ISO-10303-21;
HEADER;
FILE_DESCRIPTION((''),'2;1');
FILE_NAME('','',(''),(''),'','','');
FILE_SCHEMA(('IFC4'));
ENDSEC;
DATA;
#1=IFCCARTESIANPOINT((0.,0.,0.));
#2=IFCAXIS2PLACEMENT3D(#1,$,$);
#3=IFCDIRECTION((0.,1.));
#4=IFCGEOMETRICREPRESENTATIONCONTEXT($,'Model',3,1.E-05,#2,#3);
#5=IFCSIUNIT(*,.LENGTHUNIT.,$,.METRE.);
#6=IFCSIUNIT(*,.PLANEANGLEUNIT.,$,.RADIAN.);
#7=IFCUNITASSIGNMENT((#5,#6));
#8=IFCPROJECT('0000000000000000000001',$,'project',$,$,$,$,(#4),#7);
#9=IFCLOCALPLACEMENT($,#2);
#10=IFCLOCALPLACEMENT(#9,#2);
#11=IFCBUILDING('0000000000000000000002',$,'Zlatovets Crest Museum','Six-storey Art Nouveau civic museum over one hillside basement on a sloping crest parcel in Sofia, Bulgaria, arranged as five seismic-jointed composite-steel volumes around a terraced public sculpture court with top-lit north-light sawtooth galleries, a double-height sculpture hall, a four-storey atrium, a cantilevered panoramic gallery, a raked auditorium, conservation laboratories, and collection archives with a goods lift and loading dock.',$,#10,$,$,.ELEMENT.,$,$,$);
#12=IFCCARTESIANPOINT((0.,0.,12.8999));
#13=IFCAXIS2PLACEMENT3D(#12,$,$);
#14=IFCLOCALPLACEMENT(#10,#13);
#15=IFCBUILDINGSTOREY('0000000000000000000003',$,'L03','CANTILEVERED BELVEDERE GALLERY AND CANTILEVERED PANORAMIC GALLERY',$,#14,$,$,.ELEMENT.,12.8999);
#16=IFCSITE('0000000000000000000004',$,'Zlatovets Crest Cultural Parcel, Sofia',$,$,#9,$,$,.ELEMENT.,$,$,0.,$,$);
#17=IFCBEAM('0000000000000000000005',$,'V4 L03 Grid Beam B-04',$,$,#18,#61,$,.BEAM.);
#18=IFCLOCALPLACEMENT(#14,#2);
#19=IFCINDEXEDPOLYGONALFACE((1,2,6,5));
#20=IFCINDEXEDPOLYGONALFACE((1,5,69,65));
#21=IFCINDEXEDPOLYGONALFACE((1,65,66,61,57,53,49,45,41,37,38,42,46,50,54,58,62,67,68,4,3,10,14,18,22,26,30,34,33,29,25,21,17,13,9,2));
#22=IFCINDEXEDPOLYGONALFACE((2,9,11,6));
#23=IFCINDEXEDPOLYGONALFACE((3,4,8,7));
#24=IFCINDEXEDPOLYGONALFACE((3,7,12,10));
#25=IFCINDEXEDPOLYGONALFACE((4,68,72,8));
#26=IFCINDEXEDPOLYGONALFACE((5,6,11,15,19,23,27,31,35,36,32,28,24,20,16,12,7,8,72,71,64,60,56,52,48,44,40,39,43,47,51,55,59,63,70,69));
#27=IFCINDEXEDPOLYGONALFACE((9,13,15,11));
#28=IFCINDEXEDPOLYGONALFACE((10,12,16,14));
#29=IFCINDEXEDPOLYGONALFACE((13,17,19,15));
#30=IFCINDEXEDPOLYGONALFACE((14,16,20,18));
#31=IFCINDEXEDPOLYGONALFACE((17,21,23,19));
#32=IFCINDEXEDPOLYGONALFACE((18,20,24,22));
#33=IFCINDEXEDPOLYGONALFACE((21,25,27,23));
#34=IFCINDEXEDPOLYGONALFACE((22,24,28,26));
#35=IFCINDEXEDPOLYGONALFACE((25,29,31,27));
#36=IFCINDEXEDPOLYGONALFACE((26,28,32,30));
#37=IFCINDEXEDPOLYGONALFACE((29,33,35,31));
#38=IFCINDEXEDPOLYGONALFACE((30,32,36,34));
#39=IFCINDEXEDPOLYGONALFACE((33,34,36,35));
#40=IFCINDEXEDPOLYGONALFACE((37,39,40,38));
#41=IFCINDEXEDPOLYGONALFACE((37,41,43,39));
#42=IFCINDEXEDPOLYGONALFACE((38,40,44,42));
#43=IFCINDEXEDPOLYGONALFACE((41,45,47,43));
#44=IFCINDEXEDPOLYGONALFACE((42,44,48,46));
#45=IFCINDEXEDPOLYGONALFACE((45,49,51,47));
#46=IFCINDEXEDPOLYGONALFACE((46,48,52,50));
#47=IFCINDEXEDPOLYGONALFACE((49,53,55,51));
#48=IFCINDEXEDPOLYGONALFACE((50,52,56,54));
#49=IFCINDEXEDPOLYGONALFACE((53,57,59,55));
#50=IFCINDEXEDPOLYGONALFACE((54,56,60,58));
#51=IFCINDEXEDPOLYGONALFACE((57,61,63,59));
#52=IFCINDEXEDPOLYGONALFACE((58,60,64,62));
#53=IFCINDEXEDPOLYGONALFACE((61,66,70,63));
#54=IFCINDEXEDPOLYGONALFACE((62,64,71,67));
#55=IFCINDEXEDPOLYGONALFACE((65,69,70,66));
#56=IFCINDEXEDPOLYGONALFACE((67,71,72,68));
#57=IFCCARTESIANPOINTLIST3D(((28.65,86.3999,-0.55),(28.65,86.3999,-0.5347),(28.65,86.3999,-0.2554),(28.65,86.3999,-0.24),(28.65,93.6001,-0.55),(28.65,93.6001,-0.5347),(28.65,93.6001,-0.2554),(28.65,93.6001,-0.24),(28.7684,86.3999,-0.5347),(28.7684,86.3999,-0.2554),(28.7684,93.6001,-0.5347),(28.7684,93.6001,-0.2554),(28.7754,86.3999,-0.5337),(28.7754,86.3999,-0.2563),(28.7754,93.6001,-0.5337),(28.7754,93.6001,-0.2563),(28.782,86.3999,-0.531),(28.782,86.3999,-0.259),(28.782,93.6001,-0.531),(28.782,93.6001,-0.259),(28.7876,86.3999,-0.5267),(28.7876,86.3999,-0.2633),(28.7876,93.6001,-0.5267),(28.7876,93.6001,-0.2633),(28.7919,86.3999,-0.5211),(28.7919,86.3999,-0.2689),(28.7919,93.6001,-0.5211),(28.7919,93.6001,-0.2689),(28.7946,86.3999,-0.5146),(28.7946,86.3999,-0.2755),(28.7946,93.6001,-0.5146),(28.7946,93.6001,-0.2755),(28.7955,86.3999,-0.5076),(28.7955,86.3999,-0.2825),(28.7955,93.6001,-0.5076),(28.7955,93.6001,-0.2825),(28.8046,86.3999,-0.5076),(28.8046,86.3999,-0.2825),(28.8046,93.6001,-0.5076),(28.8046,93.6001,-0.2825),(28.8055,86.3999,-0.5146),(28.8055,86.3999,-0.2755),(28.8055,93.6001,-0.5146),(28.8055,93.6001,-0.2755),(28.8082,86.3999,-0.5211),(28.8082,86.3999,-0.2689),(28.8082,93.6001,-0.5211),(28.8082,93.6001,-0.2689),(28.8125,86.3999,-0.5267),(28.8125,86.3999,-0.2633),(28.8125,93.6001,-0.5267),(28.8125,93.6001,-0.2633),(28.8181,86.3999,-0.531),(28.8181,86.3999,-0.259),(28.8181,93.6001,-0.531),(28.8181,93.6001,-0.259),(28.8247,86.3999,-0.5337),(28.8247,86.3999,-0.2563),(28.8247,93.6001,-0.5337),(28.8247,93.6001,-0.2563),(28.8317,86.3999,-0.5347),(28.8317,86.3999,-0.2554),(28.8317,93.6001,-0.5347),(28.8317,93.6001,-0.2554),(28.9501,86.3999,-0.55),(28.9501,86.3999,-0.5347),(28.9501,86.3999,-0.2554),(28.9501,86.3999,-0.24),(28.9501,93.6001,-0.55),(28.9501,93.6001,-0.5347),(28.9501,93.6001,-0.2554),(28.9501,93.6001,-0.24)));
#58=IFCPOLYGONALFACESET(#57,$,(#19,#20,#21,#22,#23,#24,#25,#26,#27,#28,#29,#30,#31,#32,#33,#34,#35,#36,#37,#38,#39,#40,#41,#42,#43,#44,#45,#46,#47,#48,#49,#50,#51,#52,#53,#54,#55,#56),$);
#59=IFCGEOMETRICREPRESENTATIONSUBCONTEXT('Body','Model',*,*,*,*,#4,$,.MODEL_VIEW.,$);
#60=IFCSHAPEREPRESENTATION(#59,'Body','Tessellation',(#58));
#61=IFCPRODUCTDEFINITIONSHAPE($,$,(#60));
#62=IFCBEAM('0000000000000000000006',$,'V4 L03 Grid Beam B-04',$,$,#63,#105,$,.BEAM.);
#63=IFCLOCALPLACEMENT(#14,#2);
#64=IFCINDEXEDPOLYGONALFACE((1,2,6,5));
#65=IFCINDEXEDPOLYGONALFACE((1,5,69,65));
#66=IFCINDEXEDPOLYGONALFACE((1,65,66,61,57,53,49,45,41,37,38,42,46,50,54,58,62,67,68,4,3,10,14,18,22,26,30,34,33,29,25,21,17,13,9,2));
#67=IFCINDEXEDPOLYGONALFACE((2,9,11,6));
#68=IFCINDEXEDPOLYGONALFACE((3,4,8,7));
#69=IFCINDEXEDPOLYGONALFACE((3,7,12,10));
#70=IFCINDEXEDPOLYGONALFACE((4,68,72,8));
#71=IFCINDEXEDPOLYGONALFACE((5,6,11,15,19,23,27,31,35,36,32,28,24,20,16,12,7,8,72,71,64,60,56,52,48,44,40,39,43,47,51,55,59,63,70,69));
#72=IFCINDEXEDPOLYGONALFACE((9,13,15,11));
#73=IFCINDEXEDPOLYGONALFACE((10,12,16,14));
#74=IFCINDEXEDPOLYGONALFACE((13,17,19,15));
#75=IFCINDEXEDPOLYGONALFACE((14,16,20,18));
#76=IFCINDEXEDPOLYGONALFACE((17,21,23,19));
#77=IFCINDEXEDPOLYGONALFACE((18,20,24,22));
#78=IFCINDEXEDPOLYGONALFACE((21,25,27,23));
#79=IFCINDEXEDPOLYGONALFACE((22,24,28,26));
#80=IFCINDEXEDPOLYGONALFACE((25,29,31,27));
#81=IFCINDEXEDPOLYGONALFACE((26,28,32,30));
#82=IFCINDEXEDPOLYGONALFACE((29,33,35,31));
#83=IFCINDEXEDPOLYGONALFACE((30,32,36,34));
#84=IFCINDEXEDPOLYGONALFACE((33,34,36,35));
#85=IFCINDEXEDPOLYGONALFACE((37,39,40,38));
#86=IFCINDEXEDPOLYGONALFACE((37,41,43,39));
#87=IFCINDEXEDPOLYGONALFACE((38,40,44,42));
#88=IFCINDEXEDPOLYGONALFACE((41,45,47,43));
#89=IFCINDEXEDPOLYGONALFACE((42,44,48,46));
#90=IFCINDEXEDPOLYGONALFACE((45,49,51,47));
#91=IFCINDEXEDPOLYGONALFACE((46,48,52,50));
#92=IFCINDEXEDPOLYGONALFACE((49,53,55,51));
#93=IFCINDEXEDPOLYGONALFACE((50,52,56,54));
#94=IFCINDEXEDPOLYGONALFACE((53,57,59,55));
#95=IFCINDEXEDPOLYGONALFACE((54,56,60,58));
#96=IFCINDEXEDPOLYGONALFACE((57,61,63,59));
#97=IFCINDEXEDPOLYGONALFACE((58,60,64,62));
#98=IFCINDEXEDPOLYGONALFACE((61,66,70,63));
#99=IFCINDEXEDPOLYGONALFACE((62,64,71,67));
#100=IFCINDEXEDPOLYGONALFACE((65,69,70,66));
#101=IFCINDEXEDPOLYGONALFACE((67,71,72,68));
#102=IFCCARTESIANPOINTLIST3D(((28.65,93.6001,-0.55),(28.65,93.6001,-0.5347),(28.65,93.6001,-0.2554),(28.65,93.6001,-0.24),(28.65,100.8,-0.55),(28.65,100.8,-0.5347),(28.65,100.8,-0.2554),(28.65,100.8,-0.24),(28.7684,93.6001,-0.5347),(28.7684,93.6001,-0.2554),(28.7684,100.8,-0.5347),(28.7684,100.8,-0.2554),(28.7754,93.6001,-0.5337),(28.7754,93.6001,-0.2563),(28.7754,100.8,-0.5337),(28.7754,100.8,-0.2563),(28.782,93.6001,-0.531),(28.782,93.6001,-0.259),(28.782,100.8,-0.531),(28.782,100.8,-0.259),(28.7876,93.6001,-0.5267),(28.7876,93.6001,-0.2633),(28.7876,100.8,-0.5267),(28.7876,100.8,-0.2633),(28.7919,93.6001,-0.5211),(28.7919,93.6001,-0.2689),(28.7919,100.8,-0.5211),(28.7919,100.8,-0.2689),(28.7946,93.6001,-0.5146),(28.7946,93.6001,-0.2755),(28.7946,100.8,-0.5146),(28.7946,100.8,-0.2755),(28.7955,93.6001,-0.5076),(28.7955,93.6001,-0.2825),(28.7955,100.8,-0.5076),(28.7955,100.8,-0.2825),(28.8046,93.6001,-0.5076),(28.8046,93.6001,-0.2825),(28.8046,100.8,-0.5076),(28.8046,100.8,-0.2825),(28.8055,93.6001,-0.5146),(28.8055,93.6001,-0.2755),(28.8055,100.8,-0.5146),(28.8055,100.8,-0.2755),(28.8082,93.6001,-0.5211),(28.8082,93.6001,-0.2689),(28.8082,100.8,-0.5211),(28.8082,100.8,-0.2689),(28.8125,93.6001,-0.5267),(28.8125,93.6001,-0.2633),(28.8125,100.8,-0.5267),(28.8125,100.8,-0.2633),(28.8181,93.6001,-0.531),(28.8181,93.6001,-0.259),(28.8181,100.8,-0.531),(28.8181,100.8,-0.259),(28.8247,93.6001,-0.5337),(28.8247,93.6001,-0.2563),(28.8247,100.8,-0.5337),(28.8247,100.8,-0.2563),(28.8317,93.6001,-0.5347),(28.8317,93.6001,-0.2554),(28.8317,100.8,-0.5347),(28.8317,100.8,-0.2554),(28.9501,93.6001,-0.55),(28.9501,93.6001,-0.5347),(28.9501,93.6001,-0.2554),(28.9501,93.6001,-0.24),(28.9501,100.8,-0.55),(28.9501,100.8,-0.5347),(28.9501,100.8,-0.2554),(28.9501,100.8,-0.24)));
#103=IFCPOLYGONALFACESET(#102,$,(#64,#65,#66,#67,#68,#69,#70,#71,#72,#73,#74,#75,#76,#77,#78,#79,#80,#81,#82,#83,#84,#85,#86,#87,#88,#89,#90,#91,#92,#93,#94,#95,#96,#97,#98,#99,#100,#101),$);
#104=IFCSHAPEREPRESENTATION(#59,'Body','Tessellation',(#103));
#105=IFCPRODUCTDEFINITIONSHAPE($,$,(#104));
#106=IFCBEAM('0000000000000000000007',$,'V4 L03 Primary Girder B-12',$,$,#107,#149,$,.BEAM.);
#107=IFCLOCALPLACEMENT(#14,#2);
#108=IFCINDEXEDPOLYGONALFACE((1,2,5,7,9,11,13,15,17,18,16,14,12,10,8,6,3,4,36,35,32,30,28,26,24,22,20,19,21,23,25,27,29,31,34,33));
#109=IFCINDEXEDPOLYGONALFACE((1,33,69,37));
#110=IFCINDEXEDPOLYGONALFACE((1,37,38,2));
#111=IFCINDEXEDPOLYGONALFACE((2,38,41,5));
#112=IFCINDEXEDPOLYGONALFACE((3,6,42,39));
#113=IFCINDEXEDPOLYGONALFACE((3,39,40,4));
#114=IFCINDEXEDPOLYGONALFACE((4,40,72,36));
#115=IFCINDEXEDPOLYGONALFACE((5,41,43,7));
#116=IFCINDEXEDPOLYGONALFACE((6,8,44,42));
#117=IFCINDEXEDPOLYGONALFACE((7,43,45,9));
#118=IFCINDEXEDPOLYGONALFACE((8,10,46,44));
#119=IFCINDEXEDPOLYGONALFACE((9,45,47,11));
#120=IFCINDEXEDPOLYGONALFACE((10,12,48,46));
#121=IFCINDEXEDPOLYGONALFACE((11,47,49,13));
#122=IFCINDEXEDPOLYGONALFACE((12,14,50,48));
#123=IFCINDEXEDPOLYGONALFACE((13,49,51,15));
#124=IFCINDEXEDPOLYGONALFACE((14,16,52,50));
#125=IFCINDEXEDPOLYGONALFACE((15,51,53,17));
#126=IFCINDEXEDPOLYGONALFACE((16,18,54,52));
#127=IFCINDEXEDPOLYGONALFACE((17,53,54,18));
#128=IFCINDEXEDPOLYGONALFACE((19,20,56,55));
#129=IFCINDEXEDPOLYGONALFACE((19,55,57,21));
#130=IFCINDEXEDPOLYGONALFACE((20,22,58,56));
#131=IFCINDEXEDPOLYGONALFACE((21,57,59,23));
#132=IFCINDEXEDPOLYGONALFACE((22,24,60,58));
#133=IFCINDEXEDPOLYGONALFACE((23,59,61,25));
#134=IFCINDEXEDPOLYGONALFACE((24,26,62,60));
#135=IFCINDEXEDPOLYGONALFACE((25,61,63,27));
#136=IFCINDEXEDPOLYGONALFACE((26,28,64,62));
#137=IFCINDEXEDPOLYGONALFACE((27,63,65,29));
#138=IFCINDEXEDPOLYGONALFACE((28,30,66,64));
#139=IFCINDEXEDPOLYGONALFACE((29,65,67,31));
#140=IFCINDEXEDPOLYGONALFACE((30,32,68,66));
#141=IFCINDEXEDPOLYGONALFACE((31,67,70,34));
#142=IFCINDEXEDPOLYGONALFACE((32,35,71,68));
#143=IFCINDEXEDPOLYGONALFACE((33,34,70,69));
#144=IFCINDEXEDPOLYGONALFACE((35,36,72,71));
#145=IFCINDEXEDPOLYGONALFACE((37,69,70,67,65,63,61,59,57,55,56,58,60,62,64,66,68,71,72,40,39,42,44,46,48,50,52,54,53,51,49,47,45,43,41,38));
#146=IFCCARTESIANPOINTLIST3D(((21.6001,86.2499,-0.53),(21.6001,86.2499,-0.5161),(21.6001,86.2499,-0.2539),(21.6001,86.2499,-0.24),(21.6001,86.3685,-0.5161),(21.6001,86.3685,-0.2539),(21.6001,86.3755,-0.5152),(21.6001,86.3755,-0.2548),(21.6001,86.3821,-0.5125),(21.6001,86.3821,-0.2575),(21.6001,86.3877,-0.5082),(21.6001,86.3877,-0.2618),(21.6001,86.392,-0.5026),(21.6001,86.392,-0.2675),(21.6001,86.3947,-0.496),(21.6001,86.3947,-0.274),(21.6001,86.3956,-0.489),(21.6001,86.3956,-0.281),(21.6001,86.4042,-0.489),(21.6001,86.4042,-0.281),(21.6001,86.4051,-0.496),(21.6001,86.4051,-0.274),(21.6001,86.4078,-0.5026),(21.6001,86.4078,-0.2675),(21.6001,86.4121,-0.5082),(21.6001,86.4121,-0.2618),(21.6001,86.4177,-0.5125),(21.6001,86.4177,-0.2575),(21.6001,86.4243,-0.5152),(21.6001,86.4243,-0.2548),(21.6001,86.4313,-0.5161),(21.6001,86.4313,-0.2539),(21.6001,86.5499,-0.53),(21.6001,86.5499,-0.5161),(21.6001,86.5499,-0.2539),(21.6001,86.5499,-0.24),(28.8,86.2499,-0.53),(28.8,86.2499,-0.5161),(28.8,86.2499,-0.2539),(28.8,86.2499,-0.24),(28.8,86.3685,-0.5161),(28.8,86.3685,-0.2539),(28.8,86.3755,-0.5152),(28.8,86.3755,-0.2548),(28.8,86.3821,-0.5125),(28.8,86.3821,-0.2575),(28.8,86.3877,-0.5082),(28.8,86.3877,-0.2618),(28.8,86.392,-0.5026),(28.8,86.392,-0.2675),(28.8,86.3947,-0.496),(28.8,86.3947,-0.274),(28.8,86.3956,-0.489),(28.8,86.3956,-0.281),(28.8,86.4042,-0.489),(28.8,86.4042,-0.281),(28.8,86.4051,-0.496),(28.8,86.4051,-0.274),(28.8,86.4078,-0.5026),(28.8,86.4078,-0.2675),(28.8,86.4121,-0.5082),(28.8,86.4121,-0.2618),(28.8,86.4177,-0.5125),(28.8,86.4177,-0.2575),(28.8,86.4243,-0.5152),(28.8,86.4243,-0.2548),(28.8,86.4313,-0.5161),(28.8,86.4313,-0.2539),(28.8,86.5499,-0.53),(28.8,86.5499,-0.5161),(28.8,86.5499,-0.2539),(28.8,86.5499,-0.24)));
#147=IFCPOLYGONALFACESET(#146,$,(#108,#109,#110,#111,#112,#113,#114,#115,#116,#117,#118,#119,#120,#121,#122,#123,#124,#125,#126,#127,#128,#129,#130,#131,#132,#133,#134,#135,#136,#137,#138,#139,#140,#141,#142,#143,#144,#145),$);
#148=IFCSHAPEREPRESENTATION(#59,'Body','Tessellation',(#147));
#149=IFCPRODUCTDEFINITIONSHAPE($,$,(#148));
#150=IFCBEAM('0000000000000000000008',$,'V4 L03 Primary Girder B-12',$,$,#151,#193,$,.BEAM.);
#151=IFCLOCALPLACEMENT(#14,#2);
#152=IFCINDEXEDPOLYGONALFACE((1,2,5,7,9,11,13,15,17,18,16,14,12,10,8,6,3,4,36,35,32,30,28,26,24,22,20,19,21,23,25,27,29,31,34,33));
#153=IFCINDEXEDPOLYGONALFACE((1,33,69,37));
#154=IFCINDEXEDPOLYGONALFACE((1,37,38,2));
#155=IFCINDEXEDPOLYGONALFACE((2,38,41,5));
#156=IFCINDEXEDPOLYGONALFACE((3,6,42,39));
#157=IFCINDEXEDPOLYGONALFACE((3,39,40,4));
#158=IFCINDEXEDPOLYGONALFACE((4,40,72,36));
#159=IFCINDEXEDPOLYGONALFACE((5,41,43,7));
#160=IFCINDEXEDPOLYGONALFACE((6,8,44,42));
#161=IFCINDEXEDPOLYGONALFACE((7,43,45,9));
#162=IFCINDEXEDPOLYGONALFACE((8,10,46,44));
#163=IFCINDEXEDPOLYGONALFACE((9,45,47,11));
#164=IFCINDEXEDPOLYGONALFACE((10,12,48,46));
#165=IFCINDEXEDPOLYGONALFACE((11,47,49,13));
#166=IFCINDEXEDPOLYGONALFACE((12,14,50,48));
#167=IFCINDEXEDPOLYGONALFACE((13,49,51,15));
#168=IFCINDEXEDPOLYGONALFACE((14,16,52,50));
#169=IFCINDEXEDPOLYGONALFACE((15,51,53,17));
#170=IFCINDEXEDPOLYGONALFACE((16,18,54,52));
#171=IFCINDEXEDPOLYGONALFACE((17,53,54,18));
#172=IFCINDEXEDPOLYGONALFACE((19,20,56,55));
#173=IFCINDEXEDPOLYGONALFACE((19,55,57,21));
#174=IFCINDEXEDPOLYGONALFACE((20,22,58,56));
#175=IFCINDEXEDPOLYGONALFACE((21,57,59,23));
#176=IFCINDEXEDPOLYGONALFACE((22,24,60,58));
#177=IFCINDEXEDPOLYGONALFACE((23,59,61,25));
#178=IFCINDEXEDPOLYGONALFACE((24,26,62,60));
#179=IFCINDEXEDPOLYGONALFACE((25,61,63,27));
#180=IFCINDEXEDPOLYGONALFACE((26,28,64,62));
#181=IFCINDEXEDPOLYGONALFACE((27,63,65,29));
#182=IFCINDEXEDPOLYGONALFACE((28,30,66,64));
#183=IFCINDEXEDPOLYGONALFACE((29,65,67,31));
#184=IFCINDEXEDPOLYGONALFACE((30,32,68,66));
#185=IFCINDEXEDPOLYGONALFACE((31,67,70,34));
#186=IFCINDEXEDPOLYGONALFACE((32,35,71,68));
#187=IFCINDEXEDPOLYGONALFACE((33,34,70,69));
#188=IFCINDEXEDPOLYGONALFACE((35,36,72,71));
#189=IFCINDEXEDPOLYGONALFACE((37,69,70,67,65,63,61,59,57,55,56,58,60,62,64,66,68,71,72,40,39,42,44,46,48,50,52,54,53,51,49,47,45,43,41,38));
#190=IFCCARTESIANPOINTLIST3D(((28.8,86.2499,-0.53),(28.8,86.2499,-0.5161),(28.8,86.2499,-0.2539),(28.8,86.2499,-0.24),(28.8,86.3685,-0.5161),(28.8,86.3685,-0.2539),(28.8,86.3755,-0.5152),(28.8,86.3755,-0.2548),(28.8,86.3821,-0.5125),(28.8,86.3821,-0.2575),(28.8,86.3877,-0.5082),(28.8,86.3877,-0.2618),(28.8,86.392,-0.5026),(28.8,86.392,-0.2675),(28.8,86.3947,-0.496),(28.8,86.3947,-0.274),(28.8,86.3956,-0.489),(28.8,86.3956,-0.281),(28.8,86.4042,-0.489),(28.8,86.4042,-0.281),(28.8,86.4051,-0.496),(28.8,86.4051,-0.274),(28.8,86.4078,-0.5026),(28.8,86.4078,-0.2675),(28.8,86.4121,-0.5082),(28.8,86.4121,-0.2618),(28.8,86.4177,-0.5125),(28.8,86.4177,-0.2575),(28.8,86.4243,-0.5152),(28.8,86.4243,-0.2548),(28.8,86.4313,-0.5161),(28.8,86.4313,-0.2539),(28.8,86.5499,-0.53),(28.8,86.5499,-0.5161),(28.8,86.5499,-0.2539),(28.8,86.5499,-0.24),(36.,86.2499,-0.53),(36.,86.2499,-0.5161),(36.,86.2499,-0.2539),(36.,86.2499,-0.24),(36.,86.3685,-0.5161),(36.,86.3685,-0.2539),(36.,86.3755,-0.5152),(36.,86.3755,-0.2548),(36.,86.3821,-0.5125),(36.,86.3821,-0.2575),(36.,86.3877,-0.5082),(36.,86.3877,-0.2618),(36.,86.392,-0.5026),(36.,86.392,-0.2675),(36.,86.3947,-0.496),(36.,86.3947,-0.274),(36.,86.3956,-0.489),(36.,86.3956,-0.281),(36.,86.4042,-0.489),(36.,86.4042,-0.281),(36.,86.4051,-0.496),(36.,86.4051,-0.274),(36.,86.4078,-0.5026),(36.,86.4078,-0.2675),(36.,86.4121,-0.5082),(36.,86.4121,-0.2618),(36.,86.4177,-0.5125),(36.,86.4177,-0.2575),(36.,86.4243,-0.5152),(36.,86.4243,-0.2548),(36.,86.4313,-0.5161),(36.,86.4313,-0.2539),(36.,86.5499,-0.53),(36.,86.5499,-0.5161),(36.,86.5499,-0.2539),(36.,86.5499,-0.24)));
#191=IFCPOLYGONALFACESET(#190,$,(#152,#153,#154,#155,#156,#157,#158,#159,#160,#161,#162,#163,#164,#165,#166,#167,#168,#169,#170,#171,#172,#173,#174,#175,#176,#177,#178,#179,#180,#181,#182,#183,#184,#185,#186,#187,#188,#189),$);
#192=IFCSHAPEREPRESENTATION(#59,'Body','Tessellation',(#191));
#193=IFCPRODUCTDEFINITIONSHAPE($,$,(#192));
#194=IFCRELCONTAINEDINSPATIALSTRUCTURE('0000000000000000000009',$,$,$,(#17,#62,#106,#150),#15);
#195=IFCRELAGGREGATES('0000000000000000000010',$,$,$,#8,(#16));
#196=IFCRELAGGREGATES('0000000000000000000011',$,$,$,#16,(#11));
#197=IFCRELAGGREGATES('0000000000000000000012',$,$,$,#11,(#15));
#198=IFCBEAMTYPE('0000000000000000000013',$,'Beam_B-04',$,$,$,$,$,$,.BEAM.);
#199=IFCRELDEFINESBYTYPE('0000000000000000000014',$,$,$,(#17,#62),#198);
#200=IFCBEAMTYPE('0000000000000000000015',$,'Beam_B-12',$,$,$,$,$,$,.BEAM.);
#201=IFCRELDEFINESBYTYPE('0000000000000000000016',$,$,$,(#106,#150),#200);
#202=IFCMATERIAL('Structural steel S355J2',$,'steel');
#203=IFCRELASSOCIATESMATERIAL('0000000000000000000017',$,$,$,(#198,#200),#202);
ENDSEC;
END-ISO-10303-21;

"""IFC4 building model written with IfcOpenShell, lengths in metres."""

from ifc_helpers import new_model, si_unit, direction, frame, origin, origin_2d, place, context, subcontext, project, spatial, i_section, extrude, material, material_profile, profile_set, type_object, element, save


model = new_model("IFC4")

# Units and contexts
model_context = context("Model", 3, precision=1e-05, world=origin(), true_north=direction((0.0, 1.0)))
body_context = subcontext(model_context, "Body", "Model", "MODEL_VIEW")
ifc_project = project(units=[si_unit("LENGTHUNIT", "METRE"), si_unit("PLANEANGLEUNIT", "RADIAN")], contexts=[model_context])

# Site, building, storey
site_placement = place(None, origin())
site = spatial("IfcSite", under=ifc_project, at=site_placement, Name="Zlatovets Crest Cultural Parcel, Sofia", CompositionType="ELEMENT", RefElevation=0.0)
building_placement = place(site_placement, origin())
building = spatial("IfcBuilding", under=site, at=building_placement, Name="Zlatovets Crest Museum", Description="Six-storey Art Nouveau civic museum over one hillside basement on a sloping crest parcel in Sofia, Bulgaria, arranged as five seismic-jointed composite-steel volumes around a terraced public sculpture court with top-lit north-light sawtooth galleries, a double-height sculpture hall, a four-storey atrium, a cantilevered panoramic gallery, a raked auditorium, conservation laboratories, and collection archives with a goods lift and loading dock.", CompositionType="ELEMENT")
storey_placement = place(building_placement, frame((0.0, 0.0, 12.8999)))
storey = spatial("IfcBuildingStorey", under=building, at=storey_placement, Name="L03", Description="CANTILEVERED BELVEDERE GALLERY AND CANTILEVERED PANORAMIC GALLERY", CompositionType="ELEMENT", Elevation=12.8999)

# Shared definitions
ifc_material_1 = material(Name="Structural steel S355J2", Category="steel")

# Beams
ifc_material_profile_1 = material_profile(ifc_material_1, i_section(OverallWidth=0.3, OverallDepth=0.3101, WebThickness=0.009, FlangeThickness=0.0154, FilletRadius=0.0271, at=origin_2d()), Name="HEA 320")
ifc_profile_set_1 = profile_set([ifc_material_profile_1], Name="Structural steel S355J2")
beam_type_1 = type_object("IfcBeamType", Name="Beam_B-04", PredefinedType="BEAM", material=ifc_profile_set_1)
beam_1_placement = place(storey_placement, frame((28.8, 86.3999, -0.395), z_axis=(0.0, 1.0, 0.0), x_axis=(-1.0, 0.0, 0.0)))
element("IfcBeam", 1, at=beam_1_placement, inside=storey, type_object=beam_type_1, Name="V4 L03 Grid Beam B-04", PredefinedType="BEAM", context=body_context, shape_type="SweptSolid", body=[
    extrude(i_section(OverallWidth=0.3, OverallDepth=0.3101, WebThickness=0.009, FlangeThickness=0.0154, FilletRadius=0.0271, at=origin_2d()), origin(), (0.0, 0.0, 1.0), 7.2002),
])
beam_2_placement = place(storey_placement, frame((28.8, 93.6001, -0.395), z_axis=(0.0, 1.0, 0.0), x_axis=(-1.0, 0.0, 0.0)))
element("IfcBeam", 2, at=beam_2_placement, inside=storey, type_object=beam_type_1, Name="V4 L03 Grid Beam B-04", PredefinedType="BEAM", context=body_context, shape_type="SweptSolid", body=[
    extrude(i_section(OverallWidth=0.3, OverallDepth=0.3101, WebThickness=0.009, FlangeThickness=0.0154, FilletRadius=0.0271, at=origin_2d()), origin(), (0.0, 0.0, 1.0), 7.2),
])
ifc_material_profile_2 = material_profile(ifc_material_1, i_section(OverallWidth=0.3, OverallDepth=0.29, WebThickness=0.0085, FlangeThickness=0.0139, FilletRadius=0.0271, at=origin_2d()), Name="HEA 300")
ifc_profile_set_2 = profile_set([ifc_material_profile_2], Name="Structural steel S355J2")
beam_type_2 = type_object("IfcBeamType", Name="Beam_B-12", PredefinedType="BEAM", material=ifc_profile_set_2)
for number, where, z_axis, x_axis, name in (
    (3, (21.6001, 86.3999, -0.385), (1.0, 0.0, 0.0), (0.0, 1.0, 0.0), "V4 L03 Primary Girder B-12"),
    (4, (28.8, 86.3999, -0.385), (1.0, 0.0, 0.0), (0.0, 1.0, 0.0), "V4 L03 Primary Girder B-12"),
):
    element("IfcBeam", number, at=place(storey_placement, frame(where, z_axis=z_axis, x_axis=x_axis)), inside=storey, type_object=beam_type_2, Name=name, PredefinedType="BEAM", context=body_context, shape_type="SweptSolid", body=[
        extrude(i_section(OverallWidth=0.3, OverallDepth=0.29, WebThickness=0.0085, FlangeThickness=0.0139, FilletRadius=0.0271, at=origin_2d()), origin(), (0.0, 0.0, 1.0), 7.2),
    ])

save(model, "model.ifc")
